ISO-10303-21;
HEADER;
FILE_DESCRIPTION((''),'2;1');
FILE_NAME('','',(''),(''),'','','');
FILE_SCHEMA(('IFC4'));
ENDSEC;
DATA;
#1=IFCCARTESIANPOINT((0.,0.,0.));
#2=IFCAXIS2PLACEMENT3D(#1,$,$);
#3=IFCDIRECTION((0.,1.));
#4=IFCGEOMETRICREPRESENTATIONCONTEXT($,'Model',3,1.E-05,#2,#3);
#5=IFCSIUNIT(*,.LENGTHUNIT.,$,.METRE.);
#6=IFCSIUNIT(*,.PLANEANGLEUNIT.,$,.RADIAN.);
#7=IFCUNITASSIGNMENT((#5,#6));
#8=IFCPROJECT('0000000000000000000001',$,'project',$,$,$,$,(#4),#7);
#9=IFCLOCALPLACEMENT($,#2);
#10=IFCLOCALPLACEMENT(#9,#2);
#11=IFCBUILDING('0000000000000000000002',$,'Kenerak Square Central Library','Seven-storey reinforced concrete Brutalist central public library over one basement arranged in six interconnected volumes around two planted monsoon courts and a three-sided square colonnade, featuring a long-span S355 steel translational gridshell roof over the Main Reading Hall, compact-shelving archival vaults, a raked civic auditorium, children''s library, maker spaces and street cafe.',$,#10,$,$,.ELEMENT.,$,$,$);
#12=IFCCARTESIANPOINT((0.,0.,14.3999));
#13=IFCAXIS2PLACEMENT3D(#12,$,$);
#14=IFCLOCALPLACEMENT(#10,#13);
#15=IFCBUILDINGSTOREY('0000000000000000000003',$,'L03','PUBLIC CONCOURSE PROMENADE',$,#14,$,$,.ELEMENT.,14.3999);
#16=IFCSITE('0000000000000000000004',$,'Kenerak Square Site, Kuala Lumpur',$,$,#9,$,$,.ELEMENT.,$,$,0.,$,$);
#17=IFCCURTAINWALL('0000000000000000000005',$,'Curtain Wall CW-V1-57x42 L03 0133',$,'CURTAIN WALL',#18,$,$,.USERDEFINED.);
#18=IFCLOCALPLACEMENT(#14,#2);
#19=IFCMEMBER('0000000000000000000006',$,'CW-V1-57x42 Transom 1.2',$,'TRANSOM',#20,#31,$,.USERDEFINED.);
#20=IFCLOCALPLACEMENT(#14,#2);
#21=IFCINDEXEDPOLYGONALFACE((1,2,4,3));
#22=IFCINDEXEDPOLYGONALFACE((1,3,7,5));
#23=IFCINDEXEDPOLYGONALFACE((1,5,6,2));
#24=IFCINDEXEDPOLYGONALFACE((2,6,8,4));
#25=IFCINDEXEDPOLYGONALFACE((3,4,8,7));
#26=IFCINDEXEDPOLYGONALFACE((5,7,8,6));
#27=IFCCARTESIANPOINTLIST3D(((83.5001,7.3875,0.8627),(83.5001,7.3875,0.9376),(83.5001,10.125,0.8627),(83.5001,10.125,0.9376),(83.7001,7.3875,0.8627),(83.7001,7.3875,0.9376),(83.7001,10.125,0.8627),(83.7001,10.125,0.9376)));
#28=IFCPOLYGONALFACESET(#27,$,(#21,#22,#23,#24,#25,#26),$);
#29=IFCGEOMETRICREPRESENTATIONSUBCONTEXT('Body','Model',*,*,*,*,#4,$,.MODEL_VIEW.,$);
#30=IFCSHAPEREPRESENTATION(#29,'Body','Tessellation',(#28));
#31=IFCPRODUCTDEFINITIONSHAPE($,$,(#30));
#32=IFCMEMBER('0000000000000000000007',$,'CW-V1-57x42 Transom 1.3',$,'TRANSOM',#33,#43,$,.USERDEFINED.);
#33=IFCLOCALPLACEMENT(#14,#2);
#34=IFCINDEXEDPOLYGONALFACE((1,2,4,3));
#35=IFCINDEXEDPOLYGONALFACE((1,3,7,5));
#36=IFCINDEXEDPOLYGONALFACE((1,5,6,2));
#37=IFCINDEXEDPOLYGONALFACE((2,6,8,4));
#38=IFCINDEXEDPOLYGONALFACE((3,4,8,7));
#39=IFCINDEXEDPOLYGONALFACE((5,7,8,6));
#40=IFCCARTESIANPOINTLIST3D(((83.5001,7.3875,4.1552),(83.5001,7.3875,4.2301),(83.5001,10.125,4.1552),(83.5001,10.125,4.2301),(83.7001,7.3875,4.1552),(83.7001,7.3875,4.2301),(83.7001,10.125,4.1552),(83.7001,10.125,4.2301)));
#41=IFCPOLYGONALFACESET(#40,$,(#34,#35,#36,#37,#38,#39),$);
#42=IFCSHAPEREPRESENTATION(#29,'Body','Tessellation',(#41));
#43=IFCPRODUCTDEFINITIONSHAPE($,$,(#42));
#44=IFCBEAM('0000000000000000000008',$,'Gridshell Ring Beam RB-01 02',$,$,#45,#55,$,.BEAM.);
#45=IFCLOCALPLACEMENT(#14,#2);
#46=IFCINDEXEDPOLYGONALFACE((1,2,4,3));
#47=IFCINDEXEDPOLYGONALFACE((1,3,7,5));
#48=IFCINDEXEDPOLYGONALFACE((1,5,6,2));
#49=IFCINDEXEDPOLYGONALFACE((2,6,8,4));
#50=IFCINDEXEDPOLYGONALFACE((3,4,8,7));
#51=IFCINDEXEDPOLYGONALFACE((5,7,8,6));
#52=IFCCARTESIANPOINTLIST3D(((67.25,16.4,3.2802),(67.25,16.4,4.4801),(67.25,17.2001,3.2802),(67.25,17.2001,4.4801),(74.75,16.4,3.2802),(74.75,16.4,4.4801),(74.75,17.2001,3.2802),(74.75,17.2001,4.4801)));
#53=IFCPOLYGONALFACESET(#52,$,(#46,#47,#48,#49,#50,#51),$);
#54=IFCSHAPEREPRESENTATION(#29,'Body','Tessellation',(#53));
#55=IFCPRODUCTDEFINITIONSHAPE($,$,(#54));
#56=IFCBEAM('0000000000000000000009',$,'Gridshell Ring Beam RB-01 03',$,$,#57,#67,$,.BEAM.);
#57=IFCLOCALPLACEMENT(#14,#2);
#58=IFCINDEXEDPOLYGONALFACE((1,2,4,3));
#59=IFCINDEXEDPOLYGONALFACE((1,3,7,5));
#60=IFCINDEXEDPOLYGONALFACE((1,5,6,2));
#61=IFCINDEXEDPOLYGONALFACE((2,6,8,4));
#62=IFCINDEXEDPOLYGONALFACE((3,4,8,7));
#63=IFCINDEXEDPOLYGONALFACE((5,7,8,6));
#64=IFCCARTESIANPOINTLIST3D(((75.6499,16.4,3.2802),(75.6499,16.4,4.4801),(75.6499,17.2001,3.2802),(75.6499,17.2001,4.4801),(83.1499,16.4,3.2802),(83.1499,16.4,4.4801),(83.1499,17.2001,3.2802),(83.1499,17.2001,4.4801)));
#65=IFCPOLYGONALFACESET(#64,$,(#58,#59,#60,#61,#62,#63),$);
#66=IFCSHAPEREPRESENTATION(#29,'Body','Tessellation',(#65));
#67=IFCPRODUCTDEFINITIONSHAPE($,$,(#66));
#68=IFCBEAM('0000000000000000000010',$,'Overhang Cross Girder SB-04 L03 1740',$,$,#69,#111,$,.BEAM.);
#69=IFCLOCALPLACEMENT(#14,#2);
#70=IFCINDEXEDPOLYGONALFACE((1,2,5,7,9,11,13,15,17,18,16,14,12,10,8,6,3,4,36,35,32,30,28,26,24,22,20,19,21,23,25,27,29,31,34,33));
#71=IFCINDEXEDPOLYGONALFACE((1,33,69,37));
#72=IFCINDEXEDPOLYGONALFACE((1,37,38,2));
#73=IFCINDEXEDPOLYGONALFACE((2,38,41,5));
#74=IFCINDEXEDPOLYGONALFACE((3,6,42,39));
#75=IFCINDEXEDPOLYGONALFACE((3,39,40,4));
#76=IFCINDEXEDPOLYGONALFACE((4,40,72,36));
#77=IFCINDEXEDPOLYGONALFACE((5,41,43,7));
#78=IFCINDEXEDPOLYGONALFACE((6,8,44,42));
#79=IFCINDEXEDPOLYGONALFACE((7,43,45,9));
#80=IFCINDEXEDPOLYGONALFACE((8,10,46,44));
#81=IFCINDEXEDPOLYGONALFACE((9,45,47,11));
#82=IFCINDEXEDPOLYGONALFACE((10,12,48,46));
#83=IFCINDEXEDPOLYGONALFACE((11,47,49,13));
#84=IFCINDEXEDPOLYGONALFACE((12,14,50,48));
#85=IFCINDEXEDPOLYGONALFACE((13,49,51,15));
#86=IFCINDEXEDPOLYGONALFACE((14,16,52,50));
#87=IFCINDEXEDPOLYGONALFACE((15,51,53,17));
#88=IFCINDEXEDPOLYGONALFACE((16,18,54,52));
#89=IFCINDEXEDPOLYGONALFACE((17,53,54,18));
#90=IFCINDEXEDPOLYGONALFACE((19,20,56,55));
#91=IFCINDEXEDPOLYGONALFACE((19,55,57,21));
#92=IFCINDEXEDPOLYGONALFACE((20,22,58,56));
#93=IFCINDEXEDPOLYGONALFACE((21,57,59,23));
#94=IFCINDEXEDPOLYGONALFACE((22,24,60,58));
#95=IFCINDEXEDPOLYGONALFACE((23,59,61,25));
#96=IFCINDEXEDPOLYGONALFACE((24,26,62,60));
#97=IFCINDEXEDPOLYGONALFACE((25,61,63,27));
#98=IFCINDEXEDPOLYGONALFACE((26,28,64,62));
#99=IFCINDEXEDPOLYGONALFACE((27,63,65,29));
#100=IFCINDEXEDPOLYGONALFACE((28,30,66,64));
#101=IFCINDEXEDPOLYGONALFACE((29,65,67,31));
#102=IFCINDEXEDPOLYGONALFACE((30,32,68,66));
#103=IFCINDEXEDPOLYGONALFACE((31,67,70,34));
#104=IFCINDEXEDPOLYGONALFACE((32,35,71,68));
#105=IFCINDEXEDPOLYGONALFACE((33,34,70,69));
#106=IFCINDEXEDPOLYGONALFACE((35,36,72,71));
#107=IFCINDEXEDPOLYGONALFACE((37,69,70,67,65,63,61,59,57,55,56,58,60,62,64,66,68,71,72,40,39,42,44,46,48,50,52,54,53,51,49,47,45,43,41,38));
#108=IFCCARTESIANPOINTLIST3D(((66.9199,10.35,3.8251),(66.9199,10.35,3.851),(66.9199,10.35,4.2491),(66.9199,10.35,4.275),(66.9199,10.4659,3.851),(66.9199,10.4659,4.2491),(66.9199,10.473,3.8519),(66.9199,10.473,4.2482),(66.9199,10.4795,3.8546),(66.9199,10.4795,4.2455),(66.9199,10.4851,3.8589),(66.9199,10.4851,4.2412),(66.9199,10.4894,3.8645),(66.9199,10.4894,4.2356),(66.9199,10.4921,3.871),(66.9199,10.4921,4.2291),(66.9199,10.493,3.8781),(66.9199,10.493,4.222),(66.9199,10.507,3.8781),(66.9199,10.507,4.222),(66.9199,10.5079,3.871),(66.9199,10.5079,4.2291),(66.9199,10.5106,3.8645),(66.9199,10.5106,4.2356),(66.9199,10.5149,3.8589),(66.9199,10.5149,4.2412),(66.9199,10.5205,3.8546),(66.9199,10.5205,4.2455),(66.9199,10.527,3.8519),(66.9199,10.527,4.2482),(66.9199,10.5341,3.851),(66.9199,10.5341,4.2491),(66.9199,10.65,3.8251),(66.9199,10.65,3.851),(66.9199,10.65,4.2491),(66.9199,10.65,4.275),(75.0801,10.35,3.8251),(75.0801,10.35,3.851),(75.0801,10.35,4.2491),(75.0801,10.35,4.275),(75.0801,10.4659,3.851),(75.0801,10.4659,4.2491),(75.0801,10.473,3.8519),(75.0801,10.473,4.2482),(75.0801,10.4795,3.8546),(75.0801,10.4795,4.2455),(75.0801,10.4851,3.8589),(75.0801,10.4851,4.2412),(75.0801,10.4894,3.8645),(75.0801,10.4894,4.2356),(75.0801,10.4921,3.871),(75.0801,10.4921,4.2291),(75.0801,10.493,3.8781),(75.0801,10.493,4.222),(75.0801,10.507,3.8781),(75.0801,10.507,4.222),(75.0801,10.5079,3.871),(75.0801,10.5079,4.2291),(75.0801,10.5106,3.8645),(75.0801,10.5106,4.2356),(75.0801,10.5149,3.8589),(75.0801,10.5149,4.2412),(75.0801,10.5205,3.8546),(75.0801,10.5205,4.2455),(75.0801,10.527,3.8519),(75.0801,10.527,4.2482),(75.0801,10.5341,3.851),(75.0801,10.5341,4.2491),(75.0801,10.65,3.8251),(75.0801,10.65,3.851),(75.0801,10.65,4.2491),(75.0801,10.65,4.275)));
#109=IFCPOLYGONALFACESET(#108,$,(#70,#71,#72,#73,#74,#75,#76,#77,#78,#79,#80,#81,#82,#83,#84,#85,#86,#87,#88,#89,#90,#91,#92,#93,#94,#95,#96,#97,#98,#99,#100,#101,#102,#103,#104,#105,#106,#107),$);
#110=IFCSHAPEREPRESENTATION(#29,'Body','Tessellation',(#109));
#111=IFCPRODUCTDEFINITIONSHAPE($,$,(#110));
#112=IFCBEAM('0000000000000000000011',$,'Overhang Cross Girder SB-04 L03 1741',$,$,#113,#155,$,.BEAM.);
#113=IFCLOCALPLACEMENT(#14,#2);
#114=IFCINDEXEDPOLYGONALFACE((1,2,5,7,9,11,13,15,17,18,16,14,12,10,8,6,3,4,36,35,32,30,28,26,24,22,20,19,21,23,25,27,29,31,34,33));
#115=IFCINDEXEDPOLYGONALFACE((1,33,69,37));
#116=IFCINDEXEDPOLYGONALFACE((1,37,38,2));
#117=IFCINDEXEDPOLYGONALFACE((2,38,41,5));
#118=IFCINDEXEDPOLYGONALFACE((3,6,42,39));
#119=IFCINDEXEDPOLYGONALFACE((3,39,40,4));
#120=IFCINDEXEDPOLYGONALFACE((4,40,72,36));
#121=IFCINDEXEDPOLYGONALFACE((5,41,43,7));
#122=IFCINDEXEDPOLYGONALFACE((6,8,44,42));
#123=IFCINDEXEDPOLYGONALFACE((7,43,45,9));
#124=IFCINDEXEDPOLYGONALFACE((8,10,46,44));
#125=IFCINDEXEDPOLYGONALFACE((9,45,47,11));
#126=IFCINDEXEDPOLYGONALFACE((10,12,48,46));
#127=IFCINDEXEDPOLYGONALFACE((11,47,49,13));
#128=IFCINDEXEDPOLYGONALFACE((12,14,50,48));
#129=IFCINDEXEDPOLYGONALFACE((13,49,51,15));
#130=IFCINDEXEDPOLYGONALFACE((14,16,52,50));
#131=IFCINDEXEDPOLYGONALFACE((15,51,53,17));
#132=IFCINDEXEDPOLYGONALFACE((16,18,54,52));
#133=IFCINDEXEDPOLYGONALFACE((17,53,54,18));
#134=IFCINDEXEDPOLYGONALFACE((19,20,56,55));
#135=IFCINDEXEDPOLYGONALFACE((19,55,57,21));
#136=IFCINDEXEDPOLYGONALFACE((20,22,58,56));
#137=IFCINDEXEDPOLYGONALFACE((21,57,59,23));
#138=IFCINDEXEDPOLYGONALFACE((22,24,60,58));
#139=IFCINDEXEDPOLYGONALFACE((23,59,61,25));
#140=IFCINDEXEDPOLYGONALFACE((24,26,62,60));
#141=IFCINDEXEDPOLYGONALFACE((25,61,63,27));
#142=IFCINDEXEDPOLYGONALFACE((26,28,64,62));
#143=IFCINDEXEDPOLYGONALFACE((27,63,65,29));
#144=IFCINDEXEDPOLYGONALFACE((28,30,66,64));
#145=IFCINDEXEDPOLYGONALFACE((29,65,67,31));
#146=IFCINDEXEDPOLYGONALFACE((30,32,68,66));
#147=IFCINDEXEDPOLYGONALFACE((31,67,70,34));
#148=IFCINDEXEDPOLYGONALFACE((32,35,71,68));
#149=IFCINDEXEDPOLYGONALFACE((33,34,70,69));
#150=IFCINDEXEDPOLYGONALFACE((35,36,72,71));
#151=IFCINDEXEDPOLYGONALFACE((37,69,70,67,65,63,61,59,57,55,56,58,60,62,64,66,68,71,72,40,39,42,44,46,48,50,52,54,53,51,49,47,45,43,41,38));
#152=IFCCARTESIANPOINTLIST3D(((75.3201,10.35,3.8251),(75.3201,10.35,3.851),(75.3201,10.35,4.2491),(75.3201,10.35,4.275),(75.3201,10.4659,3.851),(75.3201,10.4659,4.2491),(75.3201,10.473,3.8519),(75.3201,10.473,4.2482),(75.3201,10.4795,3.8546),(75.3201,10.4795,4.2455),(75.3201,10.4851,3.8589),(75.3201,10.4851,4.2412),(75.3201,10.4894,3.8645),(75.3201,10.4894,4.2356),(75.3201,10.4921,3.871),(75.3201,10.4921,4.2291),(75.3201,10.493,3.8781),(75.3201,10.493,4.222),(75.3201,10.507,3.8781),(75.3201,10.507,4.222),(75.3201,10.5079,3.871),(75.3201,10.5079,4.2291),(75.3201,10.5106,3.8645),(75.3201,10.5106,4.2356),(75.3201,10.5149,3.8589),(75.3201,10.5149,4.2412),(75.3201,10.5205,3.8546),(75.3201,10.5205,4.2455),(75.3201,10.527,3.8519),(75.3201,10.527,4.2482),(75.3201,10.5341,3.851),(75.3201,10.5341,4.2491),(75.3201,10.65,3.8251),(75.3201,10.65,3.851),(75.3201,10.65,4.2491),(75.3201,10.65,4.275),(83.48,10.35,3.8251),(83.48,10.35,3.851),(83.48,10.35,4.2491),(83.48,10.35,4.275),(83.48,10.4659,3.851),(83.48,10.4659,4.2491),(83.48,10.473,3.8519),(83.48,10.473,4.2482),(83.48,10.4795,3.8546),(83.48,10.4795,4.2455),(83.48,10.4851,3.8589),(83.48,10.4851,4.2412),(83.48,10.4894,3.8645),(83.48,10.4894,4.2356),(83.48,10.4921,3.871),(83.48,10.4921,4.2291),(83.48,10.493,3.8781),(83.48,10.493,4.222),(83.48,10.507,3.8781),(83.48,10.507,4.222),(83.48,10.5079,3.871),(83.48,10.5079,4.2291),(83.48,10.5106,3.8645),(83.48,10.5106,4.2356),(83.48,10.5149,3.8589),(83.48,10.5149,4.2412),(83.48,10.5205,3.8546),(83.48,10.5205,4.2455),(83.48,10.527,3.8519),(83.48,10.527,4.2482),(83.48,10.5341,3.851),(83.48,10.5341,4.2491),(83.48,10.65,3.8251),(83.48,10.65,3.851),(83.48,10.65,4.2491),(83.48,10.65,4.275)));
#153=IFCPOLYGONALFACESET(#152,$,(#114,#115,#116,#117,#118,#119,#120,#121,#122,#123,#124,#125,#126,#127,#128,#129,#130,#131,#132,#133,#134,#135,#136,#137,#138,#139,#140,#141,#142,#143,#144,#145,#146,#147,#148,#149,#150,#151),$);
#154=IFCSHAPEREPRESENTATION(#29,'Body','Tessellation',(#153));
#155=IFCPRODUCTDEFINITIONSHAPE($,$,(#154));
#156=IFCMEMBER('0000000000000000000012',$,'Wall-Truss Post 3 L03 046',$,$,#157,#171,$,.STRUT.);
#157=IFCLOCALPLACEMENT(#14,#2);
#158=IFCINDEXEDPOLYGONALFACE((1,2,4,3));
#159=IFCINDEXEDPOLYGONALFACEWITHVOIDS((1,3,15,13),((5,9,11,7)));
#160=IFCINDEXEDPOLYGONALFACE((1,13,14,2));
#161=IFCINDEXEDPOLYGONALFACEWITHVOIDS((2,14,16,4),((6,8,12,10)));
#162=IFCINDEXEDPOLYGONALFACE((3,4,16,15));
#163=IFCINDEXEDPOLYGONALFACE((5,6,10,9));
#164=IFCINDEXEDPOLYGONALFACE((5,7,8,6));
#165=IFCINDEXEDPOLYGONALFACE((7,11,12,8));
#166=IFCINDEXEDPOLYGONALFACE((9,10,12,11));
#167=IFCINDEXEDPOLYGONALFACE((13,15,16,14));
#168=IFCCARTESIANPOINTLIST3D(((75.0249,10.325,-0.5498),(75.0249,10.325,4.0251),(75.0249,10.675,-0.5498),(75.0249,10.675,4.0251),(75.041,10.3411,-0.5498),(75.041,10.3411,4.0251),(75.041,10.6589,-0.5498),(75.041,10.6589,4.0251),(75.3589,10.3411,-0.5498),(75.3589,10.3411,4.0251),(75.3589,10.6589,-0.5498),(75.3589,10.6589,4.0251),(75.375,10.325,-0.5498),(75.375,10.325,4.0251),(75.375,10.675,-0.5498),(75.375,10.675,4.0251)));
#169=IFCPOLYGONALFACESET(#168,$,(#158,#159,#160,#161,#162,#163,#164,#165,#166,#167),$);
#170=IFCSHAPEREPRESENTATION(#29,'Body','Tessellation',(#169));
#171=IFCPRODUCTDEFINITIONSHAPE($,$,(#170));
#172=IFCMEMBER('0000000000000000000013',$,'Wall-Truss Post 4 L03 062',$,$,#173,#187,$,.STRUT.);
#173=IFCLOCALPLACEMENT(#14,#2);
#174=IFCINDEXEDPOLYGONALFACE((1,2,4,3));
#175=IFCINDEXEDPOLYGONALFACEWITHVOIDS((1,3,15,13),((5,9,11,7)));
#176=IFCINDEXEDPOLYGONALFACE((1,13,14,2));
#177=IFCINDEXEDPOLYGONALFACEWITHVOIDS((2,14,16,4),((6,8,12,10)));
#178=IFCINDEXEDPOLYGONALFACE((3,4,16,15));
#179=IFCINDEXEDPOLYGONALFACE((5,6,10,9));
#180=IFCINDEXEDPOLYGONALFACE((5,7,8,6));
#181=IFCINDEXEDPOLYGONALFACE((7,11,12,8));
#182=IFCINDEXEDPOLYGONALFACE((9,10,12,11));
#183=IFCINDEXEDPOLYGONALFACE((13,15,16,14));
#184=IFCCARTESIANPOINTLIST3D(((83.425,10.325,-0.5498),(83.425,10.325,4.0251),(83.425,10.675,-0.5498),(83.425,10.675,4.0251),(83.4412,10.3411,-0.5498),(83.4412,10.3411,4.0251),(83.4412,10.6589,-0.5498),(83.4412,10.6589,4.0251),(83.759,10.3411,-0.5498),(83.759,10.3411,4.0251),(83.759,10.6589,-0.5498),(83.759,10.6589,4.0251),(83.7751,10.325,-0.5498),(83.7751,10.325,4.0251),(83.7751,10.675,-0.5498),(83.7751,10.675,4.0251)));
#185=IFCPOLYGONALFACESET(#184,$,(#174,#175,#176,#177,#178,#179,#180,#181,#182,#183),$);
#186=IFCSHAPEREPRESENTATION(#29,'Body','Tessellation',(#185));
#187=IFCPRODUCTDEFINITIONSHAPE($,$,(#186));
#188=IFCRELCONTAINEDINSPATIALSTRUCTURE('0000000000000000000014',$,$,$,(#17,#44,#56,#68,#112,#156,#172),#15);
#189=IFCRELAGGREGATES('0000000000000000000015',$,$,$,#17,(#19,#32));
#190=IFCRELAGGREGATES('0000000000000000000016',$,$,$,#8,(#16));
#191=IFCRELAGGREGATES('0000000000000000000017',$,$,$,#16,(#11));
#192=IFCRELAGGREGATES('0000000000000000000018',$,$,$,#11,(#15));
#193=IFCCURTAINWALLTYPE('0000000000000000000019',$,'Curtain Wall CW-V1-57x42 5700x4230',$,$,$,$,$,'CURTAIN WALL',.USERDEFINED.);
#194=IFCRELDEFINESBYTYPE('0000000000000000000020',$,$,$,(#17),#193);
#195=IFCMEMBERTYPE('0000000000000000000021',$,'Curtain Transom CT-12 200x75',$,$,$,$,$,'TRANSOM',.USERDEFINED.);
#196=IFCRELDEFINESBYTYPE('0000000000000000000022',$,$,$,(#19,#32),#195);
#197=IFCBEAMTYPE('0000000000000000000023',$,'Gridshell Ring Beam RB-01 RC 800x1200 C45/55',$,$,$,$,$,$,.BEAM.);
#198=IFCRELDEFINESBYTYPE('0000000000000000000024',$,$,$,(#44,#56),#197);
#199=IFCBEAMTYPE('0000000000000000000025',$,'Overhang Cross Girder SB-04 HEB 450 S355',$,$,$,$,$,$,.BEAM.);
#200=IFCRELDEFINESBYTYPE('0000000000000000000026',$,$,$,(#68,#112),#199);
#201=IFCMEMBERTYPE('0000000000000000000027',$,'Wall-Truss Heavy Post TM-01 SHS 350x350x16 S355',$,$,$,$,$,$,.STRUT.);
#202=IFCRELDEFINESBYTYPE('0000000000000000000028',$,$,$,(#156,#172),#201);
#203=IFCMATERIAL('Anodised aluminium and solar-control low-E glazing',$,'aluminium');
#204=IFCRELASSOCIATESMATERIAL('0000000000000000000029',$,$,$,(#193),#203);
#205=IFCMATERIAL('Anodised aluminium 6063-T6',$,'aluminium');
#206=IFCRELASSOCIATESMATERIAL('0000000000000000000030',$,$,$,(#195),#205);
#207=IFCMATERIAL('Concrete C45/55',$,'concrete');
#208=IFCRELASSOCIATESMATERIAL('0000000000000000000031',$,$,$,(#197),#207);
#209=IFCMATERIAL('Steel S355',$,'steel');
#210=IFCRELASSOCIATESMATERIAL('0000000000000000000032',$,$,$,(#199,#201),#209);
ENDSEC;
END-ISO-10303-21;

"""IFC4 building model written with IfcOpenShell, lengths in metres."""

from ifc_helpers import new_model, si_unit, direction, frame, origin, origin_2d, place, context, subcontext, project, spatial, rectangle, hollow_rectangle, i_section, extrude, material, material_profile, profile_set, type_object, element, aggregate, save


model = new_model("IFC4")

# Units and contexts
model_context = context("Model", 3, precision=1e-05, world=origin(), true_north=direction((0.0, 1.0)))
body_context = subcontext(model_context, "Body", "Model", "MODEL_VIEW")
ifc_project = project(units=[si_unit("LENGTHUNIT", "METRE"), si_unit("PLANEANGLEUNIT", "RADIAN")], contexts=[model_context])

# Site, building, storey
site_placement = place(None, origin())
site = spatial("IfcSite", under=ifc_project, at=site_placement, Name="Kenerak Square Site, Kuala Lumpur", CompositionType="ELEMENT", RefElevation=0.0)
building_placement = place(site_placement, origin())
building = spatial("IfcBuilding", under=site, at=building_placement, Name="Kenerak Square Central Library", Description="Seven-storey reinforced concrete Brutalist central public library over one basement arranged in six interconnected volumes around two planted monsoon courts and a three-sided square colonnade, featuring a long-span S355 steel translational gridshell roof over the Main Reading Hall, compact-shelving archival vaults, a raked civic auditorium, children's library, maker spaces and street cafe.", CompositionType="ELEMENT")
storey_placement = place(building_placement, frame((0.0, 0.0, 14.3999)))
storey = spatial("IfcBuildingStorey", under=building, at=storey_placement, Name="L03", Description="PUBLIC CONCOURSE PROMENADE", CompositionType="ELEMENT", Elevation=14.3999)

# Shared definitions
ifc_material_1 = material(Name="Concrete C45/55", Category="concrete")

# Shared definitions
ifc_material_2 = material(Name="Steel S355", Category="steel")

# Curtain wall, members
ifc_material_3 = material(Name="Anodised aluminium and solar-control low-E glazing", Category="aluminium")
curtain_wall_type = type_object("IfcCurtainWallType", Name="Curtain Wall CW-V1-57x42 5700x4230", ElementType="CURTAIN WALL", PredefinedType="USERDEFINED", material=ifc_material_3)
curtain_wall_placement = place(storey_placement, origin())
curtain_wall = element("IfcCurtainWall", 1, at=curtain_wall_placement, inside=storey, type_object=curtain_wall_type, Name="Curtain Wall CW-V1-57x42 L03 0133", ObjectType="CURTAIN WALL", PredefinedType="USERDEFINED")
ifc_material_4 = material(Name="Anodised aluminium 6063-T6", Category="aluminium")
ifc_material_profile_1 = material_profile(ifc_material_4, rectangle(XDim=0.2, YDim=0.075, at=origin_2d()), Name="AL TRANSOM 200x75")
ifc_profile_set_1 = profile_set([ifc_material_profile_1], Name="Anodised aluminium 6063-T6")
member_type_1 = type_object("IfcMemberType", Name="Curtain Transom CT-12 200x75", ElementType="TRANSOM", PredefinedType="USERDEFINED", material=ifc_profile_set_1)
member_1_placement = place(storey_placement, frame((83.6001, 10.125, 0.9001), z_axis=(0.0, -1.0, 0.0), x_axis=(1.0, 0.0, 0.0)))
member_1 = element("IfcMember", 2, at=member_1_placement, type_object=member_type_1, Name="CW-V1-57x42 Transom 1.2", ObjectType="TRANSOM", PredefinedType="USERDEFINED", context=body_context, shape_type="SweptSolid", body=[
    extrude(rectangle(XDim=0.2, YDim=0.075, at=origin_2d()), origin(), (0.0, 0.0, 1.0), 2.7375),
])
member_2_placement = place(storey_placement, frame((83.6001, 10.125, 4.1926), z_axis=(0.0, -1.0, 0.0), x_axis=(1.0, 0.0, 0.0)))
member_2 = element("IfcMember", 3, at=member_2_placement, type_object=member_type_1, Name="CW-V1-57x42 Transom 1.3", ObjectType="TRANSOM", PredefinedType="USERDEFINED", context=body_context, shape_type="SweptSolid", body=[
    extrude(rectangle(XDim=0.2, YDim=0.075, at=origin_2d()), origin(), (0.0, 0.0, 1.0), 2.7375),
])

# Beams
ifc_material_profile_2 = material_profile(ifc_material_1, rectangle(XDim=0.8, YDim=1.2, at=origin_2d()), Name="RC 800x1200")
ifc_profile_set_2 = profile_set([ifc_material_profile_2], Name="Concrete C45/55")
beam_type_1 = type_object("IfcBeamType", Name="Gridshell Ring Beam RB-01 RC 800x1200 C45/55", PredefinedType="BEAM", material=ifc_profile_set_2)
for number, where, z_axis, x_axis, name in (
    (4, (67.25, 16.8, 3.8801), (1.0, 0.0, 0.0), (0.0, 1.0, 0.0), "Gridshell Ring Beam RB-01 02"),
    (5, (75.6499, 16.8, 3.8801), (1.0, 0.0, 0.0), (0.0, 1.0, 0.0), "Gridshell Ring Beam RB-01 03"),
):
    element("IfcBeam", number, at=place(storey_placement, frame(where, z_axis=z_axis, x_axis=x_axis)), inside=storey, type_object=beam_type_1, Name=name, PredefinedType="BEAM", context=body_context, shape_type="SweptSolid", body=[
        extrude(rectangle(XDim=0.8, YDim=1.2, at=origin_2d()), origin(), (0.0, 0.0, 1.0), 7.5),
    ])
ifc_material_profile_3 = material_profile(ifc_material_2, i_section(OverallWidth=0.3, OverallDepth=0.45, WebThickness=0.0139, FlangeThickness=0.0259, FilletRadius=0.0271, at=origin_2d()), Name="HEB 450")
ifc_profile_set_3 = profile_set([ifc_material_profile_3], Name="Steel S355")
beam_type_2 = type_object("IfcBeamType", Name="Overhang Cross Girder SB-04 HEB 450 S355", PredefinedType="BEAM", material=ifc_profile_set_3)
beam_1_placement = place(storey_placement, frame((66.9199, 10.5, 4.05), z_axis=(1.0, 0.0, 0.0), x_axis=(0.0, 1.0, 0.0)))
element("IfcBeam", 6, at=beam_1_placement, inside=storey, type_object=beam_type_2, Name="Overhang Cross Girder SB-04 L03 1740", PredefinedType="BEAM", context=body_context, shape_type="SweptSolid", body=[
    extrude(i_section(OverallWidth=0.3, OverallDepth=0.45, WebThickness=0.0139, FlangeThickness=0.0259, FilletRadius=0.0271, at=origin_2d()), origin(), (0.0, 0.0, 1.0), 8.1602),
])
beam_2_placement = place(storey_placement, frame((75.3201, 10.5, 4.05), z_axis=(1.0, 0.0, 0.0), x_axis=(0.0, 1.0, 0.0)))
element("IfcBeam", 7, at=beam_2_placement, inside=storey, type_object=beam_type_2, Name="Overhang Cross Girder SB-04 L03 1741", PredefinedType="BEAM", context=body_context, shape_type="SweptSolid", body=[
    extrude(i_section(OverallWidth=0.3, OverallDepth=0.45, WebThickness=0.0139, FlangeThickness=0.0259, FilletRadius=0.0271, at=origin_2d()), origin(), (0.0, 0.0, 1.0), 8.1599),
])

# Members
ifc_material_profile_4 = material_profile(ifc_material_2, hollow_rectangle(XDim=0.3501, YDim=0.3501, WallThickness=0.0161, at=origin_2d()), Name="SHS 350x350x16.0")
ifc_profile_set_4 = profile_set([ifc_material_profile_4], Name="Steel S355")
member_type_2 = type_object("IfcMemberType", Name="Wall-Truss Heavy Post TM-01 SHS 350x350x16 S355", PredefinedType="STRUT", material=ifc_profile_set_4)
for number, where, z_axis, x_axis, name in (
    (8, (75.2, 10.5, -0.5498), (0.0, 0.0, 1.0), (1.0, 0.0, 0.0), "Wall-Truss Post 3 L03 046"),
    (9, (83.6001, 10.5, -0.5498), (0.0, 0.0, 1.0), (1.0, 0.0, 0.0), "Wall-Truss Post 4 L03 062"),
):
    element("IfcMember", number, at=place(storey_placement, frame(where, z_axis=z_axis, x_axis=x_axis)), inside=storey, type_object=member_type_2, Name=name, PredefinedType="STRUT", context=body_context, shape_type="SweptSolid", body=[
        extrude(hollow_rectangle(XDim=0.3501, YDim=0.3501, WallThickness=0.0161, at=origin_2d()), origin(), (0.0, 0.0, 1.0), 4.575),
    ])

aggregate(curtain_wall, [member_1, member_2])

save(model, "model.ifc")
